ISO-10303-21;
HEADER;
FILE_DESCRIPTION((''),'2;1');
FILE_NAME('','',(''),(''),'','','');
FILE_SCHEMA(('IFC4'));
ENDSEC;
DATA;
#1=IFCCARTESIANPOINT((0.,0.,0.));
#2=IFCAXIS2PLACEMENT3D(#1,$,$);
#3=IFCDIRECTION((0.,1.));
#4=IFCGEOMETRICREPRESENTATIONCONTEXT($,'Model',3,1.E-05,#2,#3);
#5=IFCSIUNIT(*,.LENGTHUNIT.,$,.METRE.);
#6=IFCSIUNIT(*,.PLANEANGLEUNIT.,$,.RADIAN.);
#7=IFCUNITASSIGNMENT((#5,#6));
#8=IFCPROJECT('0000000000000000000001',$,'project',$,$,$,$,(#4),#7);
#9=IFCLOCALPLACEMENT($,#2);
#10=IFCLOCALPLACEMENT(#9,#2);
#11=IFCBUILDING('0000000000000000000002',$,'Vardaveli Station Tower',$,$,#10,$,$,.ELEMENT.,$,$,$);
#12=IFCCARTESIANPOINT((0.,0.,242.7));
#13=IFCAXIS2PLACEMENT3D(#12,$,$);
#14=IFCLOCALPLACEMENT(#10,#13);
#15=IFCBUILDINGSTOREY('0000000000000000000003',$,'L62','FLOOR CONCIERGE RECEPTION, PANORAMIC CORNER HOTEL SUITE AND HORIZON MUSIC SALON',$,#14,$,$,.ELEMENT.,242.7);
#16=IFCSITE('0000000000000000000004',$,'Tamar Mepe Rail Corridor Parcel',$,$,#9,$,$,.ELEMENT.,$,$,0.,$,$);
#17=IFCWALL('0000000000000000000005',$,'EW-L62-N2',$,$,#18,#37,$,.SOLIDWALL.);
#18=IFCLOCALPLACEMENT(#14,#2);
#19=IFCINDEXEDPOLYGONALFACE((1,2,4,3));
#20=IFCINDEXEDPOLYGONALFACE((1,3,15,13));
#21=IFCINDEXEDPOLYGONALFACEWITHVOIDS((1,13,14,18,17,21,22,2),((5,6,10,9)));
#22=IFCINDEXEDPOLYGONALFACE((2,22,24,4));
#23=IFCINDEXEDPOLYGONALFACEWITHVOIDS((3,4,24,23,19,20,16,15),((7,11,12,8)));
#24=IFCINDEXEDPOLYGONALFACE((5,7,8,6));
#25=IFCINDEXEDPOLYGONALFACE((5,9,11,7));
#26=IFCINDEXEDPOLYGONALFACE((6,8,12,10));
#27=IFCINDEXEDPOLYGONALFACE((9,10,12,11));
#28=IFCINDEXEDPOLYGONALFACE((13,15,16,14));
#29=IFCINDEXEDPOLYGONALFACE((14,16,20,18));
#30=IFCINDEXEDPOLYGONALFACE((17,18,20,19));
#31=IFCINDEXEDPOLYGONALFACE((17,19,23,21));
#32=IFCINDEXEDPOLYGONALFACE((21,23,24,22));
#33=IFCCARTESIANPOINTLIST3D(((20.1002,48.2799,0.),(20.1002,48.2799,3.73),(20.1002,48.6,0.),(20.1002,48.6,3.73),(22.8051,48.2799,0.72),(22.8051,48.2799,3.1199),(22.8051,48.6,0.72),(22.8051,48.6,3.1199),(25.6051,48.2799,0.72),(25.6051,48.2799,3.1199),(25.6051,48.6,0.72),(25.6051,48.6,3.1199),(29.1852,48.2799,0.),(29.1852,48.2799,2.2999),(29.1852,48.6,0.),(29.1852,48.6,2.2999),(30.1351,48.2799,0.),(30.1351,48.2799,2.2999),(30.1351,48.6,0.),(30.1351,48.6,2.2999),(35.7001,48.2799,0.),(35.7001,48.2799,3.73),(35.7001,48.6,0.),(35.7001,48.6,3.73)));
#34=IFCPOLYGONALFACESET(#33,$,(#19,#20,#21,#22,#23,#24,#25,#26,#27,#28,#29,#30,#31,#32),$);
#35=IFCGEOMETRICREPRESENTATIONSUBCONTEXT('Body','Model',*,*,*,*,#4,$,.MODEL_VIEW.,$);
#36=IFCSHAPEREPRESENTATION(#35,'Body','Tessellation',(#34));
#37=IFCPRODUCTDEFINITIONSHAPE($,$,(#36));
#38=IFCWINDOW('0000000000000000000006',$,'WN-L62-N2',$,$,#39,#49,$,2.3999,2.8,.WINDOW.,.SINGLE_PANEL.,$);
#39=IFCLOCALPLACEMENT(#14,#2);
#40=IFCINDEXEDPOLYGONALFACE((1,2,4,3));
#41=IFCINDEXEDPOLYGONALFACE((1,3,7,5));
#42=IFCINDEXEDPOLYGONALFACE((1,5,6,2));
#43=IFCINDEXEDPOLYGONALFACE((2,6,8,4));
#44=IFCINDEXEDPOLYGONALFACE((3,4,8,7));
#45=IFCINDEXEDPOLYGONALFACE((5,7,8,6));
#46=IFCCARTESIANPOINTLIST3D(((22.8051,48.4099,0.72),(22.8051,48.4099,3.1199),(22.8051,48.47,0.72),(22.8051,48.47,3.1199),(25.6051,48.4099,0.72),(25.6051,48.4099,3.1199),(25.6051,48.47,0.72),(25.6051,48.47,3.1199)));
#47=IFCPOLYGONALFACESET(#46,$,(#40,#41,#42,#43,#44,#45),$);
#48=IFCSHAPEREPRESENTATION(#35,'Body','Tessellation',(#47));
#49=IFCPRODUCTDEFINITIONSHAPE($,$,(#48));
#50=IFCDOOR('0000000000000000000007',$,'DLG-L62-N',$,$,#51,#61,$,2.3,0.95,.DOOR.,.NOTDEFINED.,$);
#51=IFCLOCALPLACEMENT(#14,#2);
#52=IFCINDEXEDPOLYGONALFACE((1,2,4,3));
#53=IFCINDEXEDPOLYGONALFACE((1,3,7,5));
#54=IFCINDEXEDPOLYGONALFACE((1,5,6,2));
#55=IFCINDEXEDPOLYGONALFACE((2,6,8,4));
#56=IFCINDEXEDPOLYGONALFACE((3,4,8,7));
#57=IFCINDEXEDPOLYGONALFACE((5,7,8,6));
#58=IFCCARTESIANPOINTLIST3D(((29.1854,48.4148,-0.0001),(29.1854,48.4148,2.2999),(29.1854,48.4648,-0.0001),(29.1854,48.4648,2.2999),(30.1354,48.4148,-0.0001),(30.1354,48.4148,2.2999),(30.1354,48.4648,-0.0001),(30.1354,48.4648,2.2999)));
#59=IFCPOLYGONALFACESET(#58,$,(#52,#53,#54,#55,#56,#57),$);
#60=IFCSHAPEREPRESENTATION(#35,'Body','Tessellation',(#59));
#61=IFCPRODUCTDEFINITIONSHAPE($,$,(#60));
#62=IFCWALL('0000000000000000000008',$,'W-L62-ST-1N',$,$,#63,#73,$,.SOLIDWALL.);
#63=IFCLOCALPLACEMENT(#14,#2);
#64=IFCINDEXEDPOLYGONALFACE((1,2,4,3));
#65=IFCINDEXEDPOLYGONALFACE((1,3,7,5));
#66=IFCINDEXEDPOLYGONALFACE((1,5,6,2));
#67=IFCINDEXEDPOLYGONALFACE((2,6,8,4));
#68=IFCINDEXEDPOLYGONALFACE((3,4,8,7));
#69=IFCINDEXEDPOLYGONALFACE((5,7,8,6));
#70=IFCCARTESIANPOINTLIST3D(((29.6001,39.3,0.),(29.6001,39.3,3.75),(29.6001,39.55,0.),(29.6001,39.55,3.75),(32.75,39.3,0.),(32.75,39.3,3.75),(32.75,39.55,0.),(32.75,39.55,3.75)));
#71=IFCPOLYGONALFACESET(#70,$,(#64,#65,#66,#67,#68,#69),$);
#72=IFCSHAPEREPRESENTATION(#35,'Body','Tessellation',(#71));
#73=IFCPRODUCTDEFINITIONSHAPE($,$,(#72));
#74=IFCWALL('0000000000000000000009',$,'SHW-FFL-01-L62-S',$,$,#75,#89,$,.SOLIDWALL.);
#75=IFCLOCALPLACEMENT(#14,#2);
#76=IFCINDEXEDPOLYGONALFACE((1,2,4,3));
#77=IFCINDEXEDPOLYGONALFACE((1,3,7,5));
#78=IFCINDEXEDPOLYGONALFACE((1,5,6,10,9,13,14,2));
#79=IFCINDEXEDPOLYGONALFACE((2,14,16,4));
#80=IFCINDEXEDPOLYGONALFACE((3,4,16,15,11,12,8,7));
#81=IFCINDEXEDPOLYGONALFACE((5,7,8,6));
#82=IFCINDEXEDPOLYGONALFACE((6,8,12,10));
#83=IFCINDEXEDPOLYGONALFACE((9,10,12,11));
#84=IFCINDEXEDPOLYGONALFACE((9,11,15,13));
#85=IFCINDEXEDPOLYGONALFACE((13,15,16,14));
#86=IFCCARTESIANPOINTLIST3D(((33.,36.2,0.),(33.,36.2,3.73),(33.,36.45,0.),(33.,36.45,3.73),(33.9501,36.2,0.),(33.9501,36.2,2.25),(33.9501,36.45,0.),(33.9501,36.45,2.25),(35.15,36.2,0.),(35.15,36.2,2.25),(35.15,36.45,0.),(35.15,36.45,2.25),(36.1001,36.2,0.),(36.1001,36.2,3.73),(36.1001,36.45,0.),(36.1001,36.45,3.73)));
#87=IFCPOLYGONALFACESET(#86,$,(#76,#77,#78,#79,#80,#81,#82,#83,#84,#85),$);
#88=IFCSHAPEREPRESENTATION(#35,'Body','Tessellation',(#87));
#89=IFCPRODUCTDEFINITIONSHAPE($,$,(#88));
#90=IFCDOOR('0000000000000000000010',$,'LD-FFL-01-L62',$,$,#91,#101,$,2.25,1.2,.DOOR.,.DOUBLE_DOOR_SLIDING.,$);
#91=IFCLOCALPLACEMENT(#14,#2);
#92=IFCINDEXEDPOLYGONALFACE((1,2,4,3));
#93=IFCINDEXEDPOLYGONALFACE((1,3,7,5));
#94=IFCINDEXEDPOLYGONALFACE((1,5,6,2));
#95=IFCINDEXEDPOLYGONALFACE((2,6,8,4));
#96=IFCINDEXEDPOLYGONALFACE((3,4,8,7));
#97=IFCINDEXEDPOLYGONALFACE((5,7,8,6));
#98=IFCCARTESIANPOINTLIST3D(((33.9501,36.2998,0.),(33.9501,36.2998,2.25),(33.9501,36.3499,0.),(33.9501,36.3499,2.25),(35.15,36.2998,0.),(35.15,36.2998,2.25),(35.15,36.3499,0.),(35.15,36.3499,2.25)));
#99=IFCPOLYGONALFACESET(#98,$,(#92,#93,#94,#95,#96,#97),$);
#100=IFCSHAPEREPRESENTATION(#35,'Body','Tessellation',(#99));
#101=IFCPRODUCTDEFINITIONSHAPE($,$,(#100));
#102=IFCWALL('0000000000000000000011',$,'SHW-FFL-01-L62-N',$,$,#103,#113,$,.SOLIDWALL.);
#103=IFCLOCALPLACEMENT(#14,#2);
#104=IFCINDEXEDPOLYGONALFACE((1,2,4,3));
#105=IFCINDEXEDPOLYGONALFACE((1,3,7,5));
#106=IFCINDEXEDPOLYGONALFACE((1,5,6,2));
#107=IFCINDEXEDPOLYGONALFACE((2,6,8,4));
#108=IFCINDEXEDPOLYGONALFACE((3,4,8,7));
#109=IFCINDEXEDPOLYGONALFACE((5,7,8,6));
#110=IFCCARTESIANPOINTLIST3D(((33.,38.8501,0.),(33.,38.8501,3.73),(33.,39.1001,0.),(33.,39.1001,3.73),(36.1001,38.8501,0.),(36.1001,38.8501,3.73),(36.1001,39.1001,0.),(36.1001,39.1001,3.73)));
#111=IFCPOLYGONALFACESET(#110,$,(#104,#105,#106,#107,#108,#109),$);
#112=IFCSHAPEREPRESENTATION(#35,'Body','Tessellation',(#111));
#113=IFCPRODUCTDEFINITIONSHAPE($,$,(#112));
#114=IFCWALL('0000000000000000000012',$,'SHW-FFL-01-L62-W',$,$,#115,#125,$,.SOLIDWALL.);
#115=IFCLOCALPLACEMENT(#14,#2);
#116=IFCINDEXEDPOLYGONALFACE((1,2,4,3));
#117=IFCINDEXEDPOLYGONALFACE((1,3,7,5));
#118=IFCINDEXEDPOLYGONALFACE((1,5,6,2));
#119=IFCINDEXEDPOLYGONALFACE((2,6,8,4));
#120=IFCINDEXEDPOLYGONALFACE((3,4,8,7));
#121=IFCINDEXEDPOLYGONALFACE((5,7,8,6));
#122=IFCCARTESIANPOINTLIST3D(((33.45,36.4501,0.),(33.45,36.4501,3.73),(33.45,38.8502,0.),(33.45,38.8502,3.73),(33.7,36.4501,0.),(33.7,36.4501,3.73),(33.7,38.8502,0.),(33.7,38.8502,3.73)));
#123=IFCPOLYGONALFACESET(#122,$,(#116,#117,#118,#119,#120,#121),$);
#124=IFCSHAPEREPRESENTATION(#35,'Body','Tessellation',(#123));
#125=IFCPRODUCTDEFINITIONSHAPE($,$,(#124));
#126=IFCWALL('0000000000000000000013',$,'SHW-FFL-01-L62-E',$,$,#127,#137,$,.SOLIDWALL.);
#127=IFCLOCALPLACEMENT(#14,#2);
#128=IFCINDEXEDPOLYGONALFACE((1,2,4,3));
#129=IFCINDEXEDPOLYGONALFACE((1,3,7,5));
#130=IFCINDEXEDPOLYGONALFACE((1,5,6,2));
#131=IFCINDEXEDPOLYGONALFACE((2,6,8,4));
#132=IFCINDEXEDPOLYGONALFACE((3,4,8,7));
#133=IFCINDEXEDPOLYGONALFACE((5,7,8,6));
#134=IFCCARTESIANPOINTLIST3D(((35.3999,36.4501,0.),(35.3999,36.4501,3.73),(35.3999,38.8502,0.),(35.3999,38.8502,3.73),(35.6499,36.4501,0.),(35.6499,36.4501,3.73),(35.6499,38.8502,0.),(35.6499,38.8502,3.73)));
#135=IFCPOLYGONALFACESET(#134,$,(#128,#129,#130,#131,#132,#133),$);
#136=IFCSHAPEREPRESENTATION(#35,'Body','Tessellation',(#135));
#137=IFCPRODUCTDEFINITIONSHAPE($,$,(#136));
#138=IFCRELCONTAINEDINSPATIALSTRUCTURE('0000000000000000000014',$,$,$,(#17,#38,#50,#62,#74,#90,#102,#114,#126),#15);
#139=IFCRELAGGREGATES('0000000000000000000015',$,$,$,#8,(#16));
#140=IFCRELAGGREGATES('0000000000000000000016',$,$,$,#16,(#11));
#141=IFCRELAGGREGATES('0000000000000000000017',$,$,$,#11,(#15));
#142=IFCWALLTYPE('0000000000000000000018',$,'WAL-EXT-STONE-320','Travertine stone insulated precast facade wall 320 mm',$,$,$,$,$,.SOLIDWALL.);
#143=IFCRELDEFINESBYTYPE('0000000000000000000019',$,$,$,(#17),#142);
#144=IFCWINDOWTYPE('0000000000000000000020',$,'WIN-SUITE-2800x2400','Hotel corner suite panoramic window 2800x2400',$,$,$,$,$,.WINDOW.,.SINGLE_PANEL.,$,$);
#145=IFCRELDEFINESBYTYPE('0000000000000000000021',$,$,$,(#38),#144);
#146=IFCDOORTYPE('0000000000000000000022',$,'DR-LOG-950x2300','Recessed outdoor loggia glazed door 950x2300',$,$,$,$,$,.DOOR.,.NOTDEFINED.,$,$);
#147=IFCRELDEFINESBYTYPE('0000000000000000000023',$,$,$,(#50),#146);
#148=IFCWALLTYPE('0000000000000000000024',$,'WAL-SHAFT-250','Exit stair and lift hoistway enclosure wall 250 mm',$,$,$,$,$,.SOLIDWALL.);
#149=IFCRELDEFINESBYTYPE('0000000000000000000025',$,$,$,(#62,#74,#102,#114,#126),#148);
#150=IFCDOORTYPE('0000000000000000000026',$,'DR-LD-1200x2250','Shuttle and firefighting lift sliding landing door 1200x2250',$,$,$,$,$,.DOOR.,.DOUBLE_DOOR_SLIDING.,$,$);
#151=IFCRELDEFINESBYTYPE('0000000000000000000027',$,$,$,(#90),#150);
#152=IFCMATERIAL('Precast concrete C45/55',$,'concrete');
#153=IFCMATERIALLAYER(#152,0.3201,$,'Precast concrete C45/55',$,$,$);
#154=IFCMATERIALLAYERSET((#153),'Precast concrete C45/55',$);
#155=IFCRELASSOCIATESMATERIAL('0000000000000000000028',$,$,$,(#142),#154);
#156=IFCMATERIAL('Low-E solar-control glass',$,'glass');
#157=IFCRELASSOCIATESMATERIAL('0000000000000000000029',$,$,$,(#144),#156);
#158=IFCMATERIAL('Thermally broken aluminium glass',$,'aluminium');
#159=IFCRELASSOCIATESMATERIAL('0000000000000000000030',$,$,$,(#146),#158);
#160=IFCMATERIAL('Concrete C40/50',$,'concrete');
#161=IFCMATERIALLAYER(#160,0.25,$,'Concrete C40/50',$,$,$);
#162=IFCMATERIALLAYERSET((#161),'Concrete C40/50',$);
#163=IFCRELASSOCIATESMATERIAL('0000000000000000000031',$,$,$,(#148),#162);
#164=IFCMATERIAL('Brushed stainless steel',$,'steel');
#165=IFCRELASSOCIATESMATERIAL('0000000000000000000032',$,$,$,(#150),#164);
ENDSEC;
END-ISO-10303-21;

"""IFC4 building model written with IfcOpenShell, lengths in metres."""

from ifc_helpers import new_model, si_unit, direction, frame, frame_2d, origin, place, context, subcontext, project, spatial, rectangle, extrude, source, transform, mapped, material, layer, layer_set, type_object, element, fill, save


model = new_model("IFC4")

# Units and contexts
model_context = context("Model", 3, precision=1e-05, world=origin(), true_north=direction((0.0, 1.0)))
body_context = subcontext(model_context, "Body", "Model", "MODEL_VIEW")
ifc_project = project(units=[si_unit("LENGTHUNIT", "METRE"), si_unit("PLANEANGLEUNIT", "RADIAN")], contexts=[model_context])

# Site, building, storey
site_placement = place(None, origin())
site = spatial("IfcSite", under=ifc_project, at=site_placement, Name="Tamar Mepe Rail Corridor Parcel", CompositionType="ELEMENT", RefElevation=0.0)
building_placement = place(site_placement, origin())
building = spatial("IfcBuilding", under=site, at=building_placement, Name="Vardaveli Station Tower", CompositionType="ELEMENT")
storey_placement = place(building_placement, frame((0.0, 0.0, 242.7)))
storey = spatial("IfcBuildingStorey", under=building, at=storey_placement, Name="L62", Description="FLOOR CONCIERGE RECEPTION, PANORAMIC CORNER HOTEL SUITE AND HORIZON MUSIC SALON", CompositionType="ELEMENT", Elevation=242.7)

# Wall, openings, window, door
ifc_material_1 = material(Name="Precast concrete C45/55", Category="concrete")
ifc_layer_1 = layer(ifc_material_1, 0.3201, Name="Precast concrete C45/55")
ifc_layer_set_1 = layer_set([ifc_layer_1], Name="Precast concrete C45/55")
wall_type_1 = type_object("IfcWallType", Name="WAL-EXT-STONE-320", Description="Travertine stone insulated precast facade wall 320 mm", PredefinedType="SOLIDWALL", material=ifc_layer_set_1)
shared_shape_1 = source(origin(), body_context, "Body", "SweptSolid", [
    extrude(rectangle(XDim=15.5999, YDim=0.3201, at=frame_2d((7.7998, 0.0))), origin(), (0.0, 0.0, 1.0), 3.73),
])
wall_1_placement = place(storey_placement, frame((35.7, 48.4399, 0.0), z_axis=(0.0, 0.0, 1.0), x_axis=(-1.0, 0.0, 0.0)))
wall_1 = element("IfcWall", 1, at=wall_1_placement, inside=storey, type_object=wall_type_1, Name="EW-L62-N2", PredefinedType="SOLIDWALL", context=body_context, shape_type="MappedRepresentation", body=[
    mapped(shared_shape_1, transform((0.0, 0.0, 0.0), scale=1.0)),
])
shared_shape_2 = source(origin(), body_context, "Body", "SweptSolid", [
    extrude(rectangle(XDim=0.95, YDim=2.3, at=frame_2d((0.4751, 1.1499))), frame((0.0, 0.1699, 0.0), z_axis=(0.0, -1.0, 0.0), x_axis=(1.0, 0.0, 0.0)), (0.0, 0.0, 1.0), 0.3401),
])
opening_1_placement = place(wall_1_placement, frame((5.5647, 0.0, 0.0)))
opening_1 = element("IfcOpeningElement", 2, at=opening_1_placement, cuts=wall_1, PredefinedType="OPENING", context=body_context, shape_type="MappedRepresentation", body=[
    mapped(shared_shape_2, transform((0.0, 0.0, 0.0), scale=1.0)),
])
shared_shape_3 = source(origin(), body_context, "Body", "SweptSolid", [
    extrude(rectangle(XDim=2.8, YDim=2.3999, at=frame_2d((1.3999, 1.2))), frame((0.0, 0.1699, 0.0), z_axis=(0.0, -1.0, 0.0), x_axis=(1.0, 0.0, 0.0)), (0.0, 0.0, 1.0), 0.3401),
])
opening_2_placement = place(wall_1_placement, frame((10.095, 0.0, 0.72)))
opening_2 = element("IfcOpeningElement", 3, at=opening_2_placement, cuts=wall_1, PredefinedType="OPENING", context=body_context, shape_type="MappedRepresentation", body=[
    mapped(shared_shape_3, transform((0.0, 0.0, 0.0), scale=1.0)),
])
ifc_material_2 = material(Name="Low-E solar-control glass", Category="glass")
window_type = type_object("IfcWindowType", Name="WIN-SUITE-2800x2400", Description="Hotel corner suite panoramic window 2800x2400", PartitioningType="SINGLE_PANEL", PredefinedType="WINDOW", material=ifc_material_2)
shared_shape_4 = source(origin(), body_context, "Body", "SweptSolid", [
    extrude(rectangle(XDim=2.8, YDim=2.3999, at=frame_2d((1.3999, 1.2))), frame((0.0, 0.03, 0.0), z_axis=(0.0, -1.0, 0.0), x_axis=(1.0, 0.0, 0.0)), (0.0, 0.0, 1.0), 0.0601),
])
window_placement = place(opening_2_placement, origin())
window = element("IfcWindow", 4, at=window_placement, inside=storey, type_object=window_type, Name="WN-L62-N2", OverallHeight=2.3999, OverallWidth=2.8, PartitioningType="SINGLE_PANEL", PredefinedType="WINDOW", context=body_context, shape_type="MappedRepresentation", body=[
    mapped(shared_shape_4, transform((0.0, 0.0, 0.0), scale=1.0)),
])
fill(opening_2, window)
ifc_material_3 = material(Name="Thermally broken aluminium glass", Category="aluminium")
door_type_1 = type_object("IfcDoorType", Name="DR-LOG-950x2300", Description="Recessed outdoor loggia glazed door 950x2300", OperationType="NOTDEFINED", PredefinedType="DOOR", material=ifc_material_3)
shared_shape_5 = source(origin(), body_context, "Body", "SweptSolid", [
    extrude(rectangle(XDim=0.95, YDim=2.3, at=frame_2d((0.4751, 1.1499))), frame((0.0, 0.0249, 0.0), z_axis=(0.0, -1.0, 0.0), x_axis=(1.0, 0.0, 0.0)), (0.0, 0.0, 1.0), 0.05),
])
door_1_placement = place(opening_1_placement, frame((0.95, 0.0, 0.0), z_axis=(0.0, 0.0, 1.0), x_axis=(-1.0, 0.0, 0.0)))
door_1 = element("IfcDoor", 5, at=door_1_placement, inside=storey, type_object=door_type_1, Name="DLG-L62-N", OperationType="NOTDEFINED", OverallHeight=2.3, OverallWidth=0.95, PredefinedType="DOOR", context=body_context, shape_type="MappedRepresentation", body=[
    mapped(shared_shape_5, transform((0.0, 0.0, 0.0), scale=1.0)),
])
fill(opening_1, door_1)

# Wall
ifc_material_4 = material(Name="Concrete C40/50", Category="concrete")
ifc_layer_2 = layer(ifc_material_4, 0.25, Name="Concrete C40/50")
ifc_layer_set_2 = layer_set([ifc_layer_2], Name="Concrete C40/50")
wall_type_2 = type_object("IfcWallType", Name="WAL-SHAFT-250", Description="Exit stair and lift hoistway enclosure wall 250 mm", PredefinedType="SOLIDWALL", material=ifc_layer_set_2)
shared_shape_6 = source(origin(), body_context, "Body", "SweptSolid", [
    extrude(rectangle(XDim=3.1499, YDim=0.25, at=frame_2d((1.575, 0.0))), origin(), (0.0, 0.0, 1.0), 3.75),
])
wall_2_placement = place(storey_placement, frame((29.6001, 39.425, 0.0), z_axis=(0.0, 0.0, 1.0), x_axis=(1.0, 0.0, 0.0)))
element("IfcWall", 6, at=wall_2_placement, inside=storey, type_object=wall_type_2, Name="W-L62-ST-1N", PredefinedType="SOLIDWALL", context=body_context, shape_type="MappedRepresentation", body=[
    mapped(shared_shape_6, transform((0.0, 0.0, 0.0), scale=1.0)),
])

# Wall, opening, door
shared_shape_7 = source(origin(), body_context, "Body", "SweptSolid", [
    extrude(rectangle(XDim=3.1001, YDim=0.25, at=frame_2d((1.55, 0.0))), origin(), (0.0, 0.0, 1.0), 3.73),
])
wall_3_placement = place(storey_placement, frame((33.0, 36.325, 0.0), z_axis=(0.0, 0.0, 1.0), x_axis=(1.0, 0.0, 0.0)))
wall_3 = element("IfcWall", 7, at=wall_3_placement, inside=storey, type_object=wall_type_2, Name="SHW-FFL-01-L62-S", PredefinedType="SOLIDWALL", context=body_context, shape_type="MappedRepresentation", body=[
    mapped(shared_shape_7, transform((0.0, 0.0, 0.0), scale=1.0)),
])
shared_shape_8 = source(origin(), body_context, "Body", "SweptSolid", [
    extrude(rectangle(XDim=1.2, YDim=2.25, at=frame_2d((0.6001, 1.125))), frame((0.0, 0.135, 0.0), z_axis=(0.0, -1.0, 0.0), x_axis=(1.0, 0.0, 0.0)), (0.0, 0.0, 1.0), 0.27),
])
opening_3_placement = place(wall_3_placement, frame((0.95, 0.0, 0.0)))
opening_3 = element("IfcOpeningElement", 8, at=opening_3_placement, cuts=wall_3, PredefinedType="OPENING", context=body_context, shape_type="MappedRepresentation", body=[
    mapped(shared_shape_8, transform((0.0, 0.0, 0.0), scale=1.0)),
])
ifc_material_5 = material(Name="Brushed stainless steel", Category="steel")
door_type_2 = type_object("IfcDoorType", Name="DR-LD-1200x2250", Description="Shuttle and firefighting lift sliding landing door 1200x2250", OperationType="DOUBLE_DOOR_SLIDING", PredefinedType="DOOR", material=ifc_material_5)
shared_shape_9 = source(origin(), body_context, "Body", "SweptSolid", [
    extrude(rectangle(XDim=1.2, YDim=2.25, at=frame_2d((0.6001, 1.125))), frame((0.0, 0.0249, 0.0), z_axis=(0.0, -1.0, 0.0), x_axis=(1.0, 0.0, 0.0)), (0.0, 0.0, 1.0), 0.05),
])
door_2_placement = place(opening_3_placement, origin())
door_2 = element("IfcDoor", 9, at=door_2_placement, inside=storey, type_object=door_type_2, Name="LD-FFL-01-L62", OperationType="DOUBLE_DOOR_SLIDING", OverallHeight=2.25, OverallWidth=1.2, PredefinedType="DOOR", context=body_context, shape_type="MappedRepresentation", body=[
    mapped(shared_shape_9, transform((0.0, 0.0, 0.0), scale=1.0)),
])
fill(opening_3, door_2)

# Walls
wall_4_placement = place(storey_placement, frame((33.0, 38.9751, 0.0), z_axis=(0.0, 0.0, 1.0), x_axis=(1.0, 0.0, 0.0)))
element("IfcWall", 10, at=wall_4_placement, inside=storey, type_object=wall_type_2, Name="SHW-FFL-01-L62-N", PredefinedType="SOLIDWALL", context=body_context, shape_type="MappedRepresentation", body=[
    mapped(shared_shape_7, transform((0.0, 0.0, 0.0), scale=1.0)),
])
shared_shape_10 = source(origin(), body_context, "Body", "SweptSolid", [
    extrude(rectangle(XDim=2.4001, YDim=0.25, at=frame_2d((1.2002, 0.0))), origin(), (0.0, 0.0, 1.0), 3.73),
])
for number, where, z_axis, x_axis, name in (
    (11, (33.575, 36.45, 0.0), (0.0, 0.0, 1.0), (0.0, 1.0, 0.0), "SHW-FFL-01-L62-W"),
    (12, (35.5249, 36.45, 0.0), (0.0, 0.0, 1.0), (0.0, 1.0, 0.0), "SHW-FFL-01-L62-E"),
):
    element("IfcWall", number, at=place(storey_placement, frame(where, z_axis=z_axis, x_axis=x_axis)), inside=storey, type_object=wall_type_2, Name=name, PredefinedType="SOLIDWALL", context=body_context, shape_type="MappedRepresentation", body=[
        mapped(shared_shape_10, transform((0.0, 0.0, 0.0), scale=1.0)),
    ])

save(model, "model.ifc")
